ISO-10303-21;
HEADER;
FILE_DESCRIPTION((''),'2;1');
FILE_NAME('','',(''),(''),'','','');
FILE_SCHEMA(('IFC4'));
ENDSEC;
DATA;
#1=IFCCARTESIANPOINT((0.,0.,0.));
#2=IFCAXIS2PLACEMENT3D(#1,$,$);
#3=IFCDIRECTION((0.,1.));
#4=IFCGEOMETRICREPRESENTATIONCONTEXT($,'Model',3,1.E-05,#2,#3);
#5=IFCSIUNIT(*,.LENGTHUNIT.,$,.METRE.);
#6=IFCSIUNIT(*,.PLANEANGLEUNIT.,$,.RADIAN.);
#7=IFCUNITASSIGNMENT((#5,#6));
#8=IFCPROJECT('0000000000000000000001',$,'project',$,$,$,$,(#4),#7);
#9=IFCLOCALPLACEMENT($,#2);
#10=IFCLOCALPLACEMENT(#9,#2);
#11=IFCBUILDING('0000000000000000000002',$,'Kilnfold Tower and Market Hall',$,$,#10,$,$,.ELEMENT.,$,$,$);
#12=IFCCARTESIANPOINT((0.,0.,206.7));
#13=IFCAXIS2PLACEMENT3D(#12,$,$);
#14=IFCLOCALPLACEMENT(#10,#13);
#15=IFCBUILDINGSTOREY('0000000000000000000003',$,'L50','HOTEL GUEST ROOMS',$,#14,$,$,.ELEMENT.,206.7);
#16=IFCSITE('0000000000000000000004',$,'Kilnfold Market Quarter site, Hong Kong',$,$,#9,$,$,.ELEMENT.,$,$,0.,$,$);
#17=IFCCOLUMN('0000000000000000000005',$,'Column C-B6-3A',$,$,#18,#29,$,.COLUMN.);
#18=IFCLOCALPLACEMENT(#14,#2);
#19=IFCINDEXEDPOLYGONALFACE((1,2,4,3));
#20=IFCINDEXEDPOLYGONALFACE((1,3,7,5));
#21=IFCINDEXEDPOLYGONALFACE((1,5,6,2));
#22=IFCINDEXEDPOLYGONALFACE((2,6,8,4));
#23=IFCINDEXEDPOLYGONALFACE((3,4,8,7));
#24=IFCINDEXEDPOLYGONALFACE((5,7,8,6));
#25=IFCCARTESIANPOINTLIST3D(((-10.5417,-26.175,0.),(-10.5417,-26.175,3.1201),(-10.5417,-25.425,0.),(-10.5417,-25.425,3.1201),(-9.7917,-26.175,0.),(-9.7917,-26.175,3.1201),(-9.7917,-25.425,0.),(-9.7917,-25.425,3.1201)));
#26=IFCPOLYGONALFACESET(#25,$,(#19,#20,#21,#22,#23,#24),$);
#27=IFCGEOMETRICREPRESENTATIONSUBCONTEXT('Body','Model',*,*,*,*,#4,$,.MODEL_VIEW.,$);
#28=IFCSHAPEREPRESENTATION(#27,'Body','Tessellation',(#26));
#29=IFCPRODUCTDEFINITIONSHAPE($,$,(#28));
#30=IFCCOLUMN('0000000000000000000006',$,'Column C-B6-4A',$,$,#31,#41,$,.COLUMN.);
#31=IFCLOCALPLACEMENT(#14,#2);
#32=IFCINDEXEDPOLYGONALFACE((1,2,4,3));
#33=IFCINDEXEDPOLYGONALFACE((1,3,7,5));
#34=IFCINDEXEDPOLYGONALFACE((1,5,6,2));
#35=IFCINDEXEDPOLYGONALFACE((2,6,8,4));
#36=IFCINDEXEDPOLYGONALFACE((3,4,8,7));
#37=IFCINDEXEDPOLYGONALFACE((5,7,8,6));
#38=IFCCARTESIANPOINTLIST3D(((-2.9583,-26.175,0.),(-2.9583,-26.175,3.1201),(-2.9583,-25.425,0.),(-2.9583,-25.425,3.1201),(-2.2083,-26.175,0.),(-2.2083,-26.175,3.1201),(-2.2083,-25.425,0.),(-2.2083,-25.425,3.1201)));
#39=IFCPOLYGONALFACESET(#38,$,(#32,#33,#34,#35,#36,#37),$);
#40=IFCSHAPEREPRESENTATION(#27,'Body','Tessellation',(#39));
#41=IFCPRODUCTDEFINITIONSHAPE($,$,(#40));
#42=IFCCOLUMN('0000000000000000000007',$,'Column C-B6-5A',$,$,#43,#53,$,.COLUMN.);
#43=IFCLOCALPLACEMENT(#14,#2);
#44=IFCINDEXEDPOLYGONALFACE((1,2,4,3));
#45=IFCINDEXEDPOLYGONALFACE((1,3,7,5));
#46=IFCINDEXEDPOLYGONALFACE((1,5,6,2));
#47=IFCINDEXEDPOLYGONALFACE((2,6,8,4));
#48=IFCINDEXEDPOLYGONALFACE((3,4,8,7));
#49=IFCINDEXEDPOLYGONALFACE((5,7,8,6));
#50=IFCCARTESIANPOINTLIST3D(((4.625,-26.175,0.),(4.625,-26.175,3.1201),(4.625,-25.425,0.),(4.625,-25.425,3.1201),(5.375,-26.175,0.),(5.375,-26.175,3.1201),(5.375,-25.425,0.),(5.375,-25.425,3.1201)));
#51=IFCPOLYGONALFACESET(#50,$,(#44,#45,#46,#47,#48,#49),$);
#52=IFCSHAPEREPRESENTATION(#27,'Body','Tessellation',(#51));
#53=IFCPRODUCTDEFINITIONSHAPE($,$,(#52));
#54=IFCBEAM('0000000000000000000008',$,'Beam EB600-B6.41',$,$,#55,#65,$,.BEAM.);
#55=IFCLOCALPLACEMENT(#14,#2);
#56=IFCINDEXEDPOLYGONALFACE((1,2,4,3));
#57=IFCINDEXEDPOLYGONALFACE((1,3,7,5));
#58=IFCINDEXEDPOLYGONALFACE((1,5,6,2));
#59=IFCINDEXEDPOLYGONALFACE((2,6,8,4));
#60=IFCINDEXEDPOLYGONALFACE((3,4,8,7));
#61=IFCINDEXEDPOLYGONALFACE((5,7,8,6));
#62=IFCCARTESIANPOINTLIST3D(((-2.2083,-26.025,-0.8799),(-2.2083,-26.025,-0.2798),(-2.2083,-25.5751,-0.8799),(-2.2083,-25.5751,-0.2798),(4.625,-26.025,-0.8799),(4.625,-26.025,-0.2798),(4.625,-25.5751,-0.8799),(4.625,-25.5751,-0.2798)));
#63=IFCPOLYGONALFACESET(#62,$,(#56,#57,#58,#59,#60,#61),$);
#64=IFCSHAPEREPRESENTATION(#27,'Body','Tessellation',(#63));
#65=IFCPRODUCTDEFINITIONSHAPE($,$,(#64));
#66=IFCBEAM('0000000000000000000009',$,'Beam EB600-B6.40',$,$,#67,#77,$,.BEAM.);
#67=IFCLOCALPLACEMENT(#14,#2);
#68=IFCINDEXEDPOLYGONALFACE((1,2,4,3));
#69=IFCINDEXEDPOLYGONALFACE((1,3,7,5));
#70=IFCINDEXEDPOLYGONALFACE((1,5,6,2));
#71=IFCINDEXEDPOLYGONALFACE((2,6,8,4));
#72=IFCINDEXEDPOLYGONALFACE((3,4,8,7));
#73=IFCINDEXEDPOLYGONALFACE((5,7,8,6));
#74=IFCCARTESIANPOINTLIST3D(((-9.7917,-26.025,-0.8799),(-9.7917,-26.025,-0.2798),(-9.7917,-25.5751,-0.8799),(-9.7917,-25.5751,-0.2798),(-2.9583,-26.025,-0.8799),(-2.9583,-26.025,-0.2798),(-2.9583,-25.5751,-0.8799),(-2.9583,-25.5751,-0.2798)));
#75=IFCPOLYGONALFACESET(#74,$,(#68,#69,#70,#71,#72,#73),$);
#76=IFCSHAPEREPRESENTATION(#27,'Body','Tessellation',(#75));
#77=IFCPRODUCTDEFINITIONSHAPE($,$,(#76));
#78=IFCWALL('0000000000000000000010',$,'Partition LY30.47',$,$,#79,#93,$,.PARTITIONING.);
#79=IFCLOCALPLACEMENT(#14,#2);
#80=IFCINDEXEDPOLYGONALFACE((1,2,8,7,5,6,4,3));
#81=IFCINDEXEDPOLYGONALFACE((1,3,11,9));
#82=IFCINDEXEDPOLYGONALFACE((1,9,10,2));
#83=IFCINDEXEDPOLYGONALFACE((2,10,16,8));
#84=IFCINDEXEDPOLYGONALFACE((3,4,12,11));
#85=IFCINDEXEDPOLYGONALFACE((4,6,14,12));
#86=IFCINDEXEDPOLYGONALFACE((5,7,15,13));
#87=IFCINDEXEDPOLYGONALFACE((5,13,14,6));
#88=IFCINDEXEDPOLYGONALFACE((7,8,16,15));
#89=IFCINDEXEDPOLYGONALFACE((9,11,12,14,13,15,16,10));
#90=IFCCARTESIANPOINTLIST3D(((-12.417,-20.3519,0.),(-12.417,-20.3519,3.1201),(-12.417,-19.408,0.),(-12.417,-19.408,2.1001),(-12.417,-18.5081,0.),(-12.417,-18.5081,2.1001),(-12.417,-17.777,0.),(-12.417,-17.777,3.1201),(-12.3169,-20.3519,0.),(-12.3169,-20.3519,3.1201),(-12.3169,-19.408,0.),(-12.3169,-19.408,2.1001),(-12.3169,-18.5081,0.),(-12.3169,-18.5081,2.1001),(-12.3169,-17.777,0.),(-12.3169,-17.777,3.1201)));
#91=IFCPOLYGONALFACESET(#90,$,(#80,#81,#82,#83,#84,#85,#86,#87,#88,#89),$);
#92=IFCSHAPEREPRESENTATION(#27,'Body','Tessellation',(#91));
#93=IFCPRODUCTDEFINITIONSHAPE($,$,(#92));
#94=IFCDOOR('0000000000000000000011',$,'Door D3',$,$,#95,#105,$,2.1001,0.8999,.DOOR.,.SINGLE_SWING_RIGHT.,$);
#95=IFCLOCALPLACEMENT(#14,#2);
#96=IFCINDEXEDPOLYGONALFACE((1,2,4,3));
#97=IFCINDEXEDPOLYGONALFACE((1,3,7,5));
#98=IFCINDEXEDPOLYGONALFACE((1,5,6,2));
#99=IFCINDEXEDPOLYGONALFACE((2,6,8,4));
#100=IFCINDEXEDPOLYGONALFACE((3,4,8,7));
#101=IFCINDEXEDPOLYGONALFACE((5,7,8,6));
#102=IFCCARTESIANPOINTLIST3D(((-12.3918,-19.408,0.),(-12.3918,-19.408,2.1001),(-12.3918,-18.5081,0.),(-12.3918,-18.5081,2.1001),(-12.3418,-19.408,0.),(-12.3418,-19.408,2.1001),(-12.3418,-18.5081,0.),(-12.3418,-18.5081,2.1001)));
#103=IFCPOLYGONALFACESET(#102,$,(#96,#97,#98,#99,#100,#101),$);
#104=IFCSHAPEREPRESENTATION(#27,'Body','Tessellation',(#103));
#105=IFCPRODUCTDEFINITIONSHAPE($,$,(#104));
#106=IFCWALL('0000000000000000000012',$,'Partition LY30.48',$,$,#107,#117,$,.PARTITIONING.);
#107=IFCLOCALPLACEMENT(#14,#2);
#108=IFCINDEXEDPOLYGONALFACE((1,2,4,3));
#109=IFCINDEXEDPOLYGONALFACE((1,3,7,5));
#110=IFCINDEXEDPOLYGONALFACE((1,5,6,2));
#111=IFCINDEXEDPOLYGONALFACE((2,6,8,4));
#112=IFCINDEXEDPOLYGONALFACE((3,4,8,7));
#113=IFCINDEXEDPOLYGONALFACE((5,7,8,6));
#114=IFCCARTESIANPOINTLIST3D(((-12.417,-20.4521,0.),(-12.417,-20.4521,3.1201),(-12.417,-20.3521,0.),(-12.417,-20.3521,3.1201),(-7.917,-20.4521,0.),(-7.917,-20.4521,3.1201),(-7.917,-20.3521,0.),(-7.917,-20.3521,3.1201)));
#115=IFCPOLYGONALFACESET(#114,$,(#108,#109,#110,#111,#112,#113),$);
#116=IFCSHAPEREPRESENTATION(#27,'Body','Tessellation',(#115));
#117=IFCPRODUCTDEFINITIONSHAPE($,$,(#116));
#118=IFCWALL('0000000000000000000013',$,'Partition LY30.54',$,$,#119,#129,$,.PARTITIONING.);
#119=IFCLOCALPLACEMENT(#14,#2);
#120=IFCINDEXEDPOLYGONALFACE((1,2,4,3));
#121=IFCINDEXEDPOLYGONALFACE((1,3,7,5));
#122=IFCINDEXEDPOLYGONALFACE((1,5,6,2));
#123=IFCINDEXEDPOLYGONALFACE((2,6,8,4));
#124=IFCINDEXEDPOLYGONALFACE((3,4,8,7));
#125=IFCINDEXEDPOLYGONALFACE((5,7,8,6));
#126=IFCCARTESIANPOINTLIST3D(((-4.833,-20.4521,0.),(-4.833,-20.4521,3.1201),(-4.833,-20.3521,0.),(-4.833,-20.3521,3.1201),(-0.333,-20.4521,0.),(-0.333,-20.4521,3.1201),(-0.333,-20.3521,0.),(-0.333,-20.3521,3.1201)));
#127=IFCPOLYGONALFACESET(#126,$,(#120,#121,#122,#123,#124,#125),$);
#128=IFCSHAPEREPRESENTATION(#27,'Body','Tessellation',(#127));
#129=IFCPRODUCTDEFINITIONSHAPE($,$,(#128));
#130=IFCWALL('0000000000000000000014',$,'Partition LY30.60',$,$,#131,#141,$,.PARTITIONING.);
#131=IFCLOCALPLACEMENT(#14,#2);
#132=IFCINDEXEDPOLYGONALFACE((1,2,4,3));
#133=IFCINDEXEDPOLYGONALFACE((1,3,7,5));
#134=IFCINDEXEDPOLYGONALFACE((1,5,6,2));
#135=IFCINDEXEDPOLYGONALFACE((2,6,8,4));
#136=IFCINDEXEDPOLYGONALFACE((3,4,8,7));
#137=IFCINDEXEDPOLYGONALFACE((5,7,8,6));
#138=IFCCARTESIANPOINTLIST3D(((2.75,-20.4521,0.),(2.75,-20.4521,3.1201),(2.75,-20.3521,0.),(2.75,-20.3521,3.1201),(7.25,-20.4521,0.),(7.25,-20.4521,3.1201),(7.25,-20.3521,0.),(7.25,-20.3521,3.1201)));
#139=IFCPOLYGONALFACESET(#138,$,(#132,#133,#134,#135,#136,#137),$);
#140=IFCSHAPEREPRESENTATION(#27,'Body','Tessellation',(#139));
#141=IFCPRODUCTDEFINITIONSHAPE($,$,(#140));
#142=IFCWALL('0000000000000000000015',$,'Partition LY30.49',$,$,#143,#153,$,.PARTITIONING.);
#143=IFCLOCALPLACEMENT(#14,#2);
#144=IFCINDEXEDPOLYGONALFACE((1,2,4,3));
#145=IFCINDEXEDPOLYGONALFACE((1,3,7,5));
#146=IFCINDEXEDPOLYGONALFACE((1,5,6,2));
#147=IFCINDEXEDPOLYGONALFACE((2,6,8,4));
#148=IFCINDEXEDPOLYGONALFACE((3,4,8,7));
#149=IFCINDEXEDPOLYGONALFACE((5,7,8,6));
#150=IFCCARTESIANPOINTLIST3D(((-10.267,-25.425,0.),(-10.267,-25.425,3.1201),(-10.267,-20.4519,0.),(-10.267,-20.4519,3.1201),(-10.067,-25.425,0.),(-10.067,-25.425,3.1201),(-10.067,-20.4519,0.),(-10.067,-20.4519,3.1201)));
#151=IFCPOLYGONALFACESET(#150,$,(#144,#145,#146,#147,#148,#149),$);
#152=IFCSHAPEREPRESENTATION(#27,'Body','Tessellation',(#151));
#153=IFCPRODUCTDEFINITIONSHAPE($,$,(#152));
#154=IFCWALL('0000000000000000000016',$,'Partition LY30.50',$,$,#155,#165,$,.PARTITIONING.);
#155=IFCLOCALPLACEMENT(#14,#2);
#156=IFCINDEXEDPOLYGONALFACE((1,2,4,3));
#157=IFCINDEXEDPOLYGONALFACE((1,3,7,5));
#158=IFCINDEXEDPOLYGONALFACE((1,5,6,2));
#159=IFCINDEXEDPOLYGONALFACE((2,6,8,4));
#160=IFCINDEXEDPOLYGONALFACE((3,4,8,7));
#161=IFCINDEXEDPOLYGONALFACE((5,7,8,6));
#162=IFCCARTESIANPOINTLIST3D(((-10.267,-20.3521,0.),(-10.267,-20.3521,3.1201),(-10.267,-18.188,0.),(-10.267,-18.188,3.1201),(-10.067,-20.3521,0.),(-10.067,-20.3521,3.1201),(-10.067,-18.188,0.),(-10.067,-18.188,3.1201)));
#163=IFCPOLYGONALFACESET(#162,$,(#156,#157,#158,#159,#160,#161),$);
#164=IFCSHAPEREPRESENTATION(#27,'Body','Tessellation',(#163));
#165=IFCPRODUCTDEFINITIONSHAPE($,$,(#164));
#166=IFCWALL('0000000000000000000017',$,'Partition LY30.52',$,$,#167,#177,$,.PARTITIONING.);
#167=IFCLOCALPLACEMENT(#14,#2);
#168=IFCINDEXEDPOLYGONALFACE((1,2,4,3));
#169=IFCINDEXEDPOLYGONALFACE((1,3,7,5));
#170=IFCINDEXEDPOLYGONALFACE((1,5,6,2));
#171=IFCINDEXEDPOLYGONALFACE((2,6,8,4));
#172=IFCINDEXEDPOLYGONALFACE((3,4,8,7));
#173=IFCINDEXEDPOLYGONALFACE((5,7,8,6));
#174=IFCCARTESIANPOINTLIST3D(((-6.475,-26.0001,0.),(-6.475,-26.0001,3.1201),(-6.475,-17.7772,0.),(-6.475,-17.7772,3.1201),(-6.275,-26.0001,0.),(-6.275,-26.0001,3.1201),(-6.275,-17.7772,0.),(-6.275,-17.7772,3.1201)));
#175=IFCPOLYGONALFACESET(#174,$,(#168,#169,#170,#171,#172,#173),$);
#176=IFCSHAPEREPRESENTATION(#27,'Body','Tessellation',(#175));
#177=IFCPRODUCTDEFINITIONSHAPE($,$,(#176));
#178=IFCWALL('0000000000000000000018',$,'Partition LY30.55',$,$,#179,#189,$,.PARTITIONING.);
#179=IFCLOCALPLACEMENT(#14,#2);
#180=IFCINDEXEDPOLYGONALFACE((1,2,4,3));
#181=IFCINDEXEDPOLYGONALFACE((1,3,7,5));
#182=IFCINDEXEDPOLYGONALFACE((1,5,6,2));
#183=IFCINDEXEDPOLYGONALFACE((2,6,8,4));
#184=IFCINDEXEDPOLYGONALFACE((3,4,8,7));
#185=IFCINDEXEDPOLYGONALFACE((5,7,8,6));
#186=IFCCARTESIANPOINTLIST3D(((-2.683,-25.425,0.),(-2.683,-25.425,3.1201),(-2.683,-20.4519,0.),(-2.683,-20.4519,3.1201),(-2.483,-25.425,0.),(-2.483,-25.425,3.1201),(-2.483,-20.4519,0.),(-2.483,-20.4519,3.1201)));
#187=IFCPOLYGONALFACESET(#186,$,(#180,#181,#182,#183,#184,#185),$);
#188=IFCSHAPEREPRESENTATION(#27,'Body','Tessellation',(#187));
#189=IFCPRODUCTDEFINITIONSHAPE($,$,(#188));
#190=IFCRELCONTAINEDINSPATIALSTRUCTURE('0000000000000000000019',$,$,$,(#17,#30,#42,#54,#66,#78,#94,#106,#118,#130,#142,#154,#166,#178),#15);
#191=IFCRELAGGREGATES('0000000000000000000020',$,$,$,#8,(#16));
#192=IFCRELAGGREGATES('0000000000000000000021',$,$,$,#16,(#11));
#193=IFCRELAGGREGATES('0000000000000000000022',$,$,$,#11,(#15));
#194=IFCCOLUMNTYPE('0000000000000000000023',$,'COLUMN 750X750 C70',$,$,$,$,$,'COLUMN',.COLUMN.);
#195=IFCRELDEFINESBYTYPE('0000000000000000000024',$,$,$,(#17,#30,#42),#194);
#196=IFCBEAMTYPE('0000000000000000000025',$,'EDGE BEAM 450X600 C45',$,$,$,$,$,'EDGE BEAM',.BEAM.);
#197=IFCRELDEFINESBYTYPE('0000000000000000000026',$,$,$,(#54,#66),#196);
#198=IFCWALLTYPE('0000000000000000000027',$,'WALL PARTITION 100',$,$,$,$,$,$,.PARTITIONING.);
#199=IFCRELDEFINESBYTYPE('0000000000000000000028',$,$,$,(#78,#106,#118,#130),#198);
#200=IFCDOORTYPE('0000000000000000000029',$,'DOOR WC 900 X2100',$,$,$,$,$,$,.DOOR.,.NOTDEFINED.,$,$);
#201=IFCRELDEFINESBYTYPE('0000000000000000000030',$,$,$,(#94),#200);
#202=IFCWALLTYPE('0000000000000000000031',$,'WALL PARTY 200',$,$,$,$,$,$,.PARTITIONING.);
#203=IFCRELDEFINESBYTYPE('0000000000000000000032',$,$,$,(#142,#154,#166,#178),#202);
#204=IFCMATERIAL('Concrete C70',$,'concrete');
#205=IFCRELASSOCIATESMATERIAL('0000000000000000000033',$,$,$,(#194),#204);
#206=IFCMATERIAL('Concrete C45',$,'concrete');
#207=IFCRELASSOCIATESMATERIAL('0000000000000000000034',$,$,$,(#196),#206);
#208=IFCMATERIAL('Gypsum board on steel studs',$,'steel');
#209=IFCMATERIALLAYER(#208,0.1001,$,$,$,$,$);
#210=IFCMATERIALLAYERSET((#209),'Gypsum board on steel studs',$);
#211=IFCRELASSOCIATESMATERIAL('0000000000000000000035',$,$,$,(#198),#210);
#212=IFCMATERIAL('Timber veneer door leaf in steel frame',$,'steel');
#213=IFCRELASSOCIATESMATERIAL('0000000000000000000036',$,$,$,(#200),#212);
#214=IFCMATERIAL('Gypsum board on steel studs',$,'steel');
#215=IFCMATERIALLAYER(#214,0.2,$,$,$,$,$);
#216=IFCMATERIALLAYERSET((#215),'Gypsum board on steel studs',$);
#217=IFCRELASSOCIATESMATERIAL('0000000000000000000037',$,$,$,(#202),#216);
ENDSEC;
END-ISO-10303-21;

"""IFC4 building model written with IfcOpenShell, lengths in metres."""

from ifc_helpers import new_model, si_unit, direction, frame, frame_2d, origin, origin_2d, place, context, subcontext, project, spatial, rectangle, extrude, source, transform, mapped, material, layer, layer_set, material_profile, profile_set, type_object, element, fill, save


model = new_model("IFC4")

# Units and contexts
model_context = context("Model", 3, precision=1e-05, world=origin(), true_north=direction((0.0, 1.0)))
body_context = subcontext(model_context, "Body", "Model", "MODEL_VIEW")
ifc_project = project(units=[si_unit("LENGTHUNIT", "METRE"), si_unit("PLANEANGLEUNIT", "RADIAN")], contexts=[model_context])

# Site, building, storey
site_placement = place(None, origin())
site = spatial("IfcSite", under=ifc_project, at=site_placement, Name="Kilnfold Market Quarter site, Hong Kong", CompositionType="ELEMENT", RefElevation=0.0)
building_placement = place(site_placement, origin())
building = spatial("IfcBuilding", under=site, at=building_placement, Name="Kilnfold Tower and Market Hall", CompositionType="ELEMENT")
storey_placement = place(building_placement, frame((0.0, 0.0, 206.7)))
storey = spatial("IfcBuildingStorey", under=building, at=storey_placement, Name="L50", Description="HOTEL GUEST ROOMS", CompositionType="ELEMENT", Elevation=206.7)

# Columns
ifc_material_1 = material(Name="Concrete C70", Category="concrete")
ifc_material_profile_1 = material_profile(ifc_material_1, rectangle(XDim=0.75, YDim=0.75, at=origin_2d()), Name="RC 750x750")
ifc_profile_set_1 = profile_set([ifc_material_profile_1], Name="Concrete C70")
column_type = type_object("IfcColumnType", Name="COLUMN 750X750 C70", ElementType="COLUMN", PredefinedType="COLUMN", material=ifc_profile_set_1)
shared_shape_1 = source(origin(), body_context, "Body", "SweptSolid", [
    extrude(rectangle(XDim=0.75, YDim=0.75, at=origin_2d()), origin(), (0.0, 0.0, 1.0), 3.1201),
])
for number, where, z_axis, x_axis, name in (
    (1, (-10.1667, -25.8, 0.0), (0.0, 0.0, 1.0), (1.0, 0.0, 0.0), "Column C-B6-3A"),
    (2, (-2.5833, -25.8, 0.0), (0.0, 0.0, 1.0), (1.0, 0.0, 0.0), "Column C-B6-4A"),
    (3, (5.0, -25.8, 0.0), (0.0, 0.0, 1.0), (1.0, 0.0, 0.0), "Column C-B6-5A"),
):
    element("IfcColumn", number, at=place(storey_placement, frame(where, z_axis=z_axis, x_axis=x_axis)), inside=storey, type_object=column_type, Name=name, PredefinedType="COLUMN", context=body_context, shape_type="MappedRepresentation", body=[
        mapped(shared_shape_1, transform((0.0, 0.0, 0.0))),
    ])

# Beams
ifc_material_2 = material(Name="Concrete C45", Category="concrete")
ifc_material_profile_2 = material_profile(ifc_material_2, rectangle(XDim=0.45, YDim=0.6001, at=origin_2d()), Name="RC 450x600")
ifc_profile_set_2 = profile_set([ifc_material_profile_2], Name="Concrete C45")
beam_type = type_object("IfcBeamType", Name="EDGE BEAM 450X600 C45", ElementType="EDGE BEAM", PredefinedType="BEAM", material=ifc_profile_set_2)
shared_shape_2 = source(origin(), body_context, "Body", "SweptSolid", [
    extrude(rectangle(XDim=0.45, YDim=0.6001, at=origin_2d()), origin(), (0.0, 0.0, 1.0), 6.8333),
])
beam_1_placement = place(storey_placement, frame((-2.2083, -25.8, -0.5798), z_axis=(1.0, 0.0, 0.0), x_axis=(0.0, 1.0, 0.0)))
element("IfcBeam", 4, at=beam_1_placement, inside=storey, type_object=beam_type, Name="Beam EB600-B6.41", PredefinedType="BEAM", context=body_context, shape_type="MappedRepresentation", body=[
    mapped(shared_shape_2, transform((0.0, 0.0, 0.0))),
])
shared_shape_3 = source(origin(), body_context, "Body", "SweptSolid", [
    extrude(rectangle(XDim=0.45, YDim=0.6001, at=origin_2d()), origin(), (0.0, 0.0, 1.0), 6.8335),
])
beam_2_placement = place(storey_placement, frame((-9.7917, -25.8, -0.5798), z_axis=(1.0, 0.0, 0.0), x_axis=(0.0, 1.0, 0.0)))
element("IfcBeam", 5, at=beam_2_placement, inside=storey, type_object=beam_type, Name="Beam EB600-B6.40", PredefinedType="BEAM", context=body_context, shape_type="MappedRepresentation", body=[
    mapped(shared_shape_3, transform((0.0, 0.0, 0.0))),
])

# Wall, opening, door
ifc_material_3 = material(Name="Gypsum board on steel studs", Category="steel")
ifc_layer_1 = layer(ifc_material_3, 0.1001)
ifc_layer_set_1 = layer_set([ifc_layer_1], Name="Gypsum board on steel studs")
wall_type_1 = type_object("IfcWallType", Name="WALL PARTITION 100", PredefinedType="PARTITIONING", material=ifc_layer_set_1)
wall_1_placement = place(storey_placement, frame((-12.3669, -20.3521, 0.0), z_axis=(0.0, 0.0, 1.0), x_axis=(0.0, 1.0, 0.0)))
wall_1 = element("IfcWall", 6, at=wall_1_placement, inside=storey, type_object=wall_type_1, Name="Partition LY30.47", PredefinedType="PARTITIONING", context=body_context, shape_type="SweptSolid", body=[
    extrude(rectangle(XDim=2.575, YDim=0.1001, at=frame_2d((1.2876, 0.0))), origin(), (0.0, 0.0, 1.0), 3.1201),
])
opening_1_placement = place(wall_1_placement, frame((0.9441, 0.0, 0.0)))
opening_1 = element("IfcOpeningElement", 7, at=opening_1_placement, cuts=wall_1, PredefinedType="OPENING", context=body_context, shape_type="SweptSolid", body=[
    extrude(rectangle(XDim=0.8999, YDim=2.1001, at=frame_2d((0.45, 1.05))), frame((0.0, 0.0601, 0.0), z_axis=(0.0, -1.0, 0.0), x_axis=(1.0, 0.0, 0.0)), (0.0, 0.0, 1.0), 0.1201),
])
ifc_material_4 = material(Name="Timber veneer door leaf in steel frame", Category="steel")
door_type = type_object("IfcDoorType", Name="DOOR WC 900 X2100", OperationType="NOTDEFINED", PredefinedType="DOOR", material=ifc_material_4)
door_placement = place(opening_1_placement, origin())
door = element("IfcDoor", 8, at=door_placement, inside=storey, type_object=door_type, Name="Door D3", OperationType="SINGLE_SWING_RIGHT", OverallHeight=2.1001, OverallWidth=0.8999, PredefinedType="DOOR", context=body_context, shape_type="SweptSolid", body=[
    extrude(rectangle(XDim=0.8999, YDim=2.1001, at=frame_2d((0.45, 1.05))), frame((0.0, 0.0249, 0.0), z_axis=(0.0, -1.0, 0.0), x_axis=(1.0, 0.0, 0.0)), (0.0, 0.0, 1.0), 0.05),
])
fill(opening_1, door)

# Walls
for number, where, z_axis, x_axis, name in (
    (9, (-12.417, -20.4021, 0.0), (0.0, 0.0, 1.0), (1.0, 0.0, 0.0), "Partition LY30.48"),
    (10, (-4.833, -20.4021, 0.0), (0.0, 0.0, 1.0), (1.0, 0.0, 0.0), "Partition LY30.54"),
    (11, (2.75, -20.4021, 0.0), (0.0, 0.0, 1.0), (1.0, 0.0, 0.0), "Partition LY30.60"),
):
    element("IfcWall", number, at=place(storey_placement, frame(where, z_axis=z_axis, x_axis=x_axis)), inside=storey, type_object=wall_type_1, Name=name, PredefinedType="PARTITIONING", context=body_context, shape_type="SweptSolid", body=[
        extrude(rectangle(XDim=4.5, YDim=0.1001, at=frame_2d((2.25, 0.0))), origin(), (0.0, 0.0, 1.0), 3.1201),
    ])
ifc_material_5 = material(Name="Gypsum board on steel studs", Category="steel")
ifc_layer_2 = layer(ifc_material_5, 0.2)
ifc_layer_set_2 = layer_set([ifc_layer_2], Name="Gypsum board on steel studs")
wall_type_2 = type_object("IfcWallType", Name="WALL PARTY 200", PredefinedType="PARTITIONING", material=ifc_layer_set_2)
wall_2_placement = place(storey_placement, frame((-10.167, -25.425, 0.0), z_axis=(0.0, 0.0, 1.0), x_axis=(0.0, 1.0, 0.0)))
element("IfcWall", 12, at=wall_2_placement, inside=storey, type_object=wall_type_2, Name="Partition LY30.49", PredefinedType="PARTITIONING", context=body_context, shape_type="SweptSolid", body=[
    extrude(rectangle(XDim=4.9731, YDim=0.2, at=frame_2d((2.4866, 0.0))), origin(), (0.0, 0.0, 1.0), 3.1201),
])
wall_3_placement = place(storey_placement, frame((-10.167, -20.3521, 0.0), z_axis=(0.0, 0.0, 1.0), x_axis=(0.0, 1.0, 0.0)))
element("IfcWall", 13, at=wall_3_placement, inside=storey, type_object=wall_type_2, Name="Partition LY30.50", PredefinedType="PARTITIONING", context=body_context, shape_type="SweptSolid", body=[
    extrude(rectangle(XDim=2.1641, YDim=0.2, at=frame_2d((1.082, 0.0))), origin(), (0.0, 0.0, 1.0), 3.1201),
])
wall_4_placement = place(storey_placement, frame((-6.375, -26.0, 0.0), z_axis=(0.0, 0.0, 1.0), x_axis=(0.0, 1.0, 0.0)))
element("IfcWall", 14, at=wall_4_placement, inside=storey, type_object=wall_type_2, Name="Partition LY30.52", PredefinedType="PARTITIONING", context=body_context, shape_type="SweptSolid", body=[
    extrude(rectangle(XDim=8.2229, YDim=0.2, at=frame_2d((4.1113, 0.0))), origin(), (0.0, 0.0, 1.0), 3.1201),
])
wall_5_placement = place(storey_placement, frame((-2.583, -25.425, 0.0), z_axis=(0.0, 0.0, 1.0), x_axis=(0.0, 1.0, 0.0)))
element("IfcWall", 15, at=wall_5_placement, inside=storey, type_object=wall_type_2, Name="Partition LY30.55", PredefinedType="PARTITIONING", context=body_context, shape_type="SweptSolid", body=[
    extrude(rectangle(XDim=4.9731, YDim=0.2, at=frame_2d((2.4866, 0.0))), origin(), (0.0, 0.0, 1.0), 3.1201),
])

save(model, "model.ifc")
